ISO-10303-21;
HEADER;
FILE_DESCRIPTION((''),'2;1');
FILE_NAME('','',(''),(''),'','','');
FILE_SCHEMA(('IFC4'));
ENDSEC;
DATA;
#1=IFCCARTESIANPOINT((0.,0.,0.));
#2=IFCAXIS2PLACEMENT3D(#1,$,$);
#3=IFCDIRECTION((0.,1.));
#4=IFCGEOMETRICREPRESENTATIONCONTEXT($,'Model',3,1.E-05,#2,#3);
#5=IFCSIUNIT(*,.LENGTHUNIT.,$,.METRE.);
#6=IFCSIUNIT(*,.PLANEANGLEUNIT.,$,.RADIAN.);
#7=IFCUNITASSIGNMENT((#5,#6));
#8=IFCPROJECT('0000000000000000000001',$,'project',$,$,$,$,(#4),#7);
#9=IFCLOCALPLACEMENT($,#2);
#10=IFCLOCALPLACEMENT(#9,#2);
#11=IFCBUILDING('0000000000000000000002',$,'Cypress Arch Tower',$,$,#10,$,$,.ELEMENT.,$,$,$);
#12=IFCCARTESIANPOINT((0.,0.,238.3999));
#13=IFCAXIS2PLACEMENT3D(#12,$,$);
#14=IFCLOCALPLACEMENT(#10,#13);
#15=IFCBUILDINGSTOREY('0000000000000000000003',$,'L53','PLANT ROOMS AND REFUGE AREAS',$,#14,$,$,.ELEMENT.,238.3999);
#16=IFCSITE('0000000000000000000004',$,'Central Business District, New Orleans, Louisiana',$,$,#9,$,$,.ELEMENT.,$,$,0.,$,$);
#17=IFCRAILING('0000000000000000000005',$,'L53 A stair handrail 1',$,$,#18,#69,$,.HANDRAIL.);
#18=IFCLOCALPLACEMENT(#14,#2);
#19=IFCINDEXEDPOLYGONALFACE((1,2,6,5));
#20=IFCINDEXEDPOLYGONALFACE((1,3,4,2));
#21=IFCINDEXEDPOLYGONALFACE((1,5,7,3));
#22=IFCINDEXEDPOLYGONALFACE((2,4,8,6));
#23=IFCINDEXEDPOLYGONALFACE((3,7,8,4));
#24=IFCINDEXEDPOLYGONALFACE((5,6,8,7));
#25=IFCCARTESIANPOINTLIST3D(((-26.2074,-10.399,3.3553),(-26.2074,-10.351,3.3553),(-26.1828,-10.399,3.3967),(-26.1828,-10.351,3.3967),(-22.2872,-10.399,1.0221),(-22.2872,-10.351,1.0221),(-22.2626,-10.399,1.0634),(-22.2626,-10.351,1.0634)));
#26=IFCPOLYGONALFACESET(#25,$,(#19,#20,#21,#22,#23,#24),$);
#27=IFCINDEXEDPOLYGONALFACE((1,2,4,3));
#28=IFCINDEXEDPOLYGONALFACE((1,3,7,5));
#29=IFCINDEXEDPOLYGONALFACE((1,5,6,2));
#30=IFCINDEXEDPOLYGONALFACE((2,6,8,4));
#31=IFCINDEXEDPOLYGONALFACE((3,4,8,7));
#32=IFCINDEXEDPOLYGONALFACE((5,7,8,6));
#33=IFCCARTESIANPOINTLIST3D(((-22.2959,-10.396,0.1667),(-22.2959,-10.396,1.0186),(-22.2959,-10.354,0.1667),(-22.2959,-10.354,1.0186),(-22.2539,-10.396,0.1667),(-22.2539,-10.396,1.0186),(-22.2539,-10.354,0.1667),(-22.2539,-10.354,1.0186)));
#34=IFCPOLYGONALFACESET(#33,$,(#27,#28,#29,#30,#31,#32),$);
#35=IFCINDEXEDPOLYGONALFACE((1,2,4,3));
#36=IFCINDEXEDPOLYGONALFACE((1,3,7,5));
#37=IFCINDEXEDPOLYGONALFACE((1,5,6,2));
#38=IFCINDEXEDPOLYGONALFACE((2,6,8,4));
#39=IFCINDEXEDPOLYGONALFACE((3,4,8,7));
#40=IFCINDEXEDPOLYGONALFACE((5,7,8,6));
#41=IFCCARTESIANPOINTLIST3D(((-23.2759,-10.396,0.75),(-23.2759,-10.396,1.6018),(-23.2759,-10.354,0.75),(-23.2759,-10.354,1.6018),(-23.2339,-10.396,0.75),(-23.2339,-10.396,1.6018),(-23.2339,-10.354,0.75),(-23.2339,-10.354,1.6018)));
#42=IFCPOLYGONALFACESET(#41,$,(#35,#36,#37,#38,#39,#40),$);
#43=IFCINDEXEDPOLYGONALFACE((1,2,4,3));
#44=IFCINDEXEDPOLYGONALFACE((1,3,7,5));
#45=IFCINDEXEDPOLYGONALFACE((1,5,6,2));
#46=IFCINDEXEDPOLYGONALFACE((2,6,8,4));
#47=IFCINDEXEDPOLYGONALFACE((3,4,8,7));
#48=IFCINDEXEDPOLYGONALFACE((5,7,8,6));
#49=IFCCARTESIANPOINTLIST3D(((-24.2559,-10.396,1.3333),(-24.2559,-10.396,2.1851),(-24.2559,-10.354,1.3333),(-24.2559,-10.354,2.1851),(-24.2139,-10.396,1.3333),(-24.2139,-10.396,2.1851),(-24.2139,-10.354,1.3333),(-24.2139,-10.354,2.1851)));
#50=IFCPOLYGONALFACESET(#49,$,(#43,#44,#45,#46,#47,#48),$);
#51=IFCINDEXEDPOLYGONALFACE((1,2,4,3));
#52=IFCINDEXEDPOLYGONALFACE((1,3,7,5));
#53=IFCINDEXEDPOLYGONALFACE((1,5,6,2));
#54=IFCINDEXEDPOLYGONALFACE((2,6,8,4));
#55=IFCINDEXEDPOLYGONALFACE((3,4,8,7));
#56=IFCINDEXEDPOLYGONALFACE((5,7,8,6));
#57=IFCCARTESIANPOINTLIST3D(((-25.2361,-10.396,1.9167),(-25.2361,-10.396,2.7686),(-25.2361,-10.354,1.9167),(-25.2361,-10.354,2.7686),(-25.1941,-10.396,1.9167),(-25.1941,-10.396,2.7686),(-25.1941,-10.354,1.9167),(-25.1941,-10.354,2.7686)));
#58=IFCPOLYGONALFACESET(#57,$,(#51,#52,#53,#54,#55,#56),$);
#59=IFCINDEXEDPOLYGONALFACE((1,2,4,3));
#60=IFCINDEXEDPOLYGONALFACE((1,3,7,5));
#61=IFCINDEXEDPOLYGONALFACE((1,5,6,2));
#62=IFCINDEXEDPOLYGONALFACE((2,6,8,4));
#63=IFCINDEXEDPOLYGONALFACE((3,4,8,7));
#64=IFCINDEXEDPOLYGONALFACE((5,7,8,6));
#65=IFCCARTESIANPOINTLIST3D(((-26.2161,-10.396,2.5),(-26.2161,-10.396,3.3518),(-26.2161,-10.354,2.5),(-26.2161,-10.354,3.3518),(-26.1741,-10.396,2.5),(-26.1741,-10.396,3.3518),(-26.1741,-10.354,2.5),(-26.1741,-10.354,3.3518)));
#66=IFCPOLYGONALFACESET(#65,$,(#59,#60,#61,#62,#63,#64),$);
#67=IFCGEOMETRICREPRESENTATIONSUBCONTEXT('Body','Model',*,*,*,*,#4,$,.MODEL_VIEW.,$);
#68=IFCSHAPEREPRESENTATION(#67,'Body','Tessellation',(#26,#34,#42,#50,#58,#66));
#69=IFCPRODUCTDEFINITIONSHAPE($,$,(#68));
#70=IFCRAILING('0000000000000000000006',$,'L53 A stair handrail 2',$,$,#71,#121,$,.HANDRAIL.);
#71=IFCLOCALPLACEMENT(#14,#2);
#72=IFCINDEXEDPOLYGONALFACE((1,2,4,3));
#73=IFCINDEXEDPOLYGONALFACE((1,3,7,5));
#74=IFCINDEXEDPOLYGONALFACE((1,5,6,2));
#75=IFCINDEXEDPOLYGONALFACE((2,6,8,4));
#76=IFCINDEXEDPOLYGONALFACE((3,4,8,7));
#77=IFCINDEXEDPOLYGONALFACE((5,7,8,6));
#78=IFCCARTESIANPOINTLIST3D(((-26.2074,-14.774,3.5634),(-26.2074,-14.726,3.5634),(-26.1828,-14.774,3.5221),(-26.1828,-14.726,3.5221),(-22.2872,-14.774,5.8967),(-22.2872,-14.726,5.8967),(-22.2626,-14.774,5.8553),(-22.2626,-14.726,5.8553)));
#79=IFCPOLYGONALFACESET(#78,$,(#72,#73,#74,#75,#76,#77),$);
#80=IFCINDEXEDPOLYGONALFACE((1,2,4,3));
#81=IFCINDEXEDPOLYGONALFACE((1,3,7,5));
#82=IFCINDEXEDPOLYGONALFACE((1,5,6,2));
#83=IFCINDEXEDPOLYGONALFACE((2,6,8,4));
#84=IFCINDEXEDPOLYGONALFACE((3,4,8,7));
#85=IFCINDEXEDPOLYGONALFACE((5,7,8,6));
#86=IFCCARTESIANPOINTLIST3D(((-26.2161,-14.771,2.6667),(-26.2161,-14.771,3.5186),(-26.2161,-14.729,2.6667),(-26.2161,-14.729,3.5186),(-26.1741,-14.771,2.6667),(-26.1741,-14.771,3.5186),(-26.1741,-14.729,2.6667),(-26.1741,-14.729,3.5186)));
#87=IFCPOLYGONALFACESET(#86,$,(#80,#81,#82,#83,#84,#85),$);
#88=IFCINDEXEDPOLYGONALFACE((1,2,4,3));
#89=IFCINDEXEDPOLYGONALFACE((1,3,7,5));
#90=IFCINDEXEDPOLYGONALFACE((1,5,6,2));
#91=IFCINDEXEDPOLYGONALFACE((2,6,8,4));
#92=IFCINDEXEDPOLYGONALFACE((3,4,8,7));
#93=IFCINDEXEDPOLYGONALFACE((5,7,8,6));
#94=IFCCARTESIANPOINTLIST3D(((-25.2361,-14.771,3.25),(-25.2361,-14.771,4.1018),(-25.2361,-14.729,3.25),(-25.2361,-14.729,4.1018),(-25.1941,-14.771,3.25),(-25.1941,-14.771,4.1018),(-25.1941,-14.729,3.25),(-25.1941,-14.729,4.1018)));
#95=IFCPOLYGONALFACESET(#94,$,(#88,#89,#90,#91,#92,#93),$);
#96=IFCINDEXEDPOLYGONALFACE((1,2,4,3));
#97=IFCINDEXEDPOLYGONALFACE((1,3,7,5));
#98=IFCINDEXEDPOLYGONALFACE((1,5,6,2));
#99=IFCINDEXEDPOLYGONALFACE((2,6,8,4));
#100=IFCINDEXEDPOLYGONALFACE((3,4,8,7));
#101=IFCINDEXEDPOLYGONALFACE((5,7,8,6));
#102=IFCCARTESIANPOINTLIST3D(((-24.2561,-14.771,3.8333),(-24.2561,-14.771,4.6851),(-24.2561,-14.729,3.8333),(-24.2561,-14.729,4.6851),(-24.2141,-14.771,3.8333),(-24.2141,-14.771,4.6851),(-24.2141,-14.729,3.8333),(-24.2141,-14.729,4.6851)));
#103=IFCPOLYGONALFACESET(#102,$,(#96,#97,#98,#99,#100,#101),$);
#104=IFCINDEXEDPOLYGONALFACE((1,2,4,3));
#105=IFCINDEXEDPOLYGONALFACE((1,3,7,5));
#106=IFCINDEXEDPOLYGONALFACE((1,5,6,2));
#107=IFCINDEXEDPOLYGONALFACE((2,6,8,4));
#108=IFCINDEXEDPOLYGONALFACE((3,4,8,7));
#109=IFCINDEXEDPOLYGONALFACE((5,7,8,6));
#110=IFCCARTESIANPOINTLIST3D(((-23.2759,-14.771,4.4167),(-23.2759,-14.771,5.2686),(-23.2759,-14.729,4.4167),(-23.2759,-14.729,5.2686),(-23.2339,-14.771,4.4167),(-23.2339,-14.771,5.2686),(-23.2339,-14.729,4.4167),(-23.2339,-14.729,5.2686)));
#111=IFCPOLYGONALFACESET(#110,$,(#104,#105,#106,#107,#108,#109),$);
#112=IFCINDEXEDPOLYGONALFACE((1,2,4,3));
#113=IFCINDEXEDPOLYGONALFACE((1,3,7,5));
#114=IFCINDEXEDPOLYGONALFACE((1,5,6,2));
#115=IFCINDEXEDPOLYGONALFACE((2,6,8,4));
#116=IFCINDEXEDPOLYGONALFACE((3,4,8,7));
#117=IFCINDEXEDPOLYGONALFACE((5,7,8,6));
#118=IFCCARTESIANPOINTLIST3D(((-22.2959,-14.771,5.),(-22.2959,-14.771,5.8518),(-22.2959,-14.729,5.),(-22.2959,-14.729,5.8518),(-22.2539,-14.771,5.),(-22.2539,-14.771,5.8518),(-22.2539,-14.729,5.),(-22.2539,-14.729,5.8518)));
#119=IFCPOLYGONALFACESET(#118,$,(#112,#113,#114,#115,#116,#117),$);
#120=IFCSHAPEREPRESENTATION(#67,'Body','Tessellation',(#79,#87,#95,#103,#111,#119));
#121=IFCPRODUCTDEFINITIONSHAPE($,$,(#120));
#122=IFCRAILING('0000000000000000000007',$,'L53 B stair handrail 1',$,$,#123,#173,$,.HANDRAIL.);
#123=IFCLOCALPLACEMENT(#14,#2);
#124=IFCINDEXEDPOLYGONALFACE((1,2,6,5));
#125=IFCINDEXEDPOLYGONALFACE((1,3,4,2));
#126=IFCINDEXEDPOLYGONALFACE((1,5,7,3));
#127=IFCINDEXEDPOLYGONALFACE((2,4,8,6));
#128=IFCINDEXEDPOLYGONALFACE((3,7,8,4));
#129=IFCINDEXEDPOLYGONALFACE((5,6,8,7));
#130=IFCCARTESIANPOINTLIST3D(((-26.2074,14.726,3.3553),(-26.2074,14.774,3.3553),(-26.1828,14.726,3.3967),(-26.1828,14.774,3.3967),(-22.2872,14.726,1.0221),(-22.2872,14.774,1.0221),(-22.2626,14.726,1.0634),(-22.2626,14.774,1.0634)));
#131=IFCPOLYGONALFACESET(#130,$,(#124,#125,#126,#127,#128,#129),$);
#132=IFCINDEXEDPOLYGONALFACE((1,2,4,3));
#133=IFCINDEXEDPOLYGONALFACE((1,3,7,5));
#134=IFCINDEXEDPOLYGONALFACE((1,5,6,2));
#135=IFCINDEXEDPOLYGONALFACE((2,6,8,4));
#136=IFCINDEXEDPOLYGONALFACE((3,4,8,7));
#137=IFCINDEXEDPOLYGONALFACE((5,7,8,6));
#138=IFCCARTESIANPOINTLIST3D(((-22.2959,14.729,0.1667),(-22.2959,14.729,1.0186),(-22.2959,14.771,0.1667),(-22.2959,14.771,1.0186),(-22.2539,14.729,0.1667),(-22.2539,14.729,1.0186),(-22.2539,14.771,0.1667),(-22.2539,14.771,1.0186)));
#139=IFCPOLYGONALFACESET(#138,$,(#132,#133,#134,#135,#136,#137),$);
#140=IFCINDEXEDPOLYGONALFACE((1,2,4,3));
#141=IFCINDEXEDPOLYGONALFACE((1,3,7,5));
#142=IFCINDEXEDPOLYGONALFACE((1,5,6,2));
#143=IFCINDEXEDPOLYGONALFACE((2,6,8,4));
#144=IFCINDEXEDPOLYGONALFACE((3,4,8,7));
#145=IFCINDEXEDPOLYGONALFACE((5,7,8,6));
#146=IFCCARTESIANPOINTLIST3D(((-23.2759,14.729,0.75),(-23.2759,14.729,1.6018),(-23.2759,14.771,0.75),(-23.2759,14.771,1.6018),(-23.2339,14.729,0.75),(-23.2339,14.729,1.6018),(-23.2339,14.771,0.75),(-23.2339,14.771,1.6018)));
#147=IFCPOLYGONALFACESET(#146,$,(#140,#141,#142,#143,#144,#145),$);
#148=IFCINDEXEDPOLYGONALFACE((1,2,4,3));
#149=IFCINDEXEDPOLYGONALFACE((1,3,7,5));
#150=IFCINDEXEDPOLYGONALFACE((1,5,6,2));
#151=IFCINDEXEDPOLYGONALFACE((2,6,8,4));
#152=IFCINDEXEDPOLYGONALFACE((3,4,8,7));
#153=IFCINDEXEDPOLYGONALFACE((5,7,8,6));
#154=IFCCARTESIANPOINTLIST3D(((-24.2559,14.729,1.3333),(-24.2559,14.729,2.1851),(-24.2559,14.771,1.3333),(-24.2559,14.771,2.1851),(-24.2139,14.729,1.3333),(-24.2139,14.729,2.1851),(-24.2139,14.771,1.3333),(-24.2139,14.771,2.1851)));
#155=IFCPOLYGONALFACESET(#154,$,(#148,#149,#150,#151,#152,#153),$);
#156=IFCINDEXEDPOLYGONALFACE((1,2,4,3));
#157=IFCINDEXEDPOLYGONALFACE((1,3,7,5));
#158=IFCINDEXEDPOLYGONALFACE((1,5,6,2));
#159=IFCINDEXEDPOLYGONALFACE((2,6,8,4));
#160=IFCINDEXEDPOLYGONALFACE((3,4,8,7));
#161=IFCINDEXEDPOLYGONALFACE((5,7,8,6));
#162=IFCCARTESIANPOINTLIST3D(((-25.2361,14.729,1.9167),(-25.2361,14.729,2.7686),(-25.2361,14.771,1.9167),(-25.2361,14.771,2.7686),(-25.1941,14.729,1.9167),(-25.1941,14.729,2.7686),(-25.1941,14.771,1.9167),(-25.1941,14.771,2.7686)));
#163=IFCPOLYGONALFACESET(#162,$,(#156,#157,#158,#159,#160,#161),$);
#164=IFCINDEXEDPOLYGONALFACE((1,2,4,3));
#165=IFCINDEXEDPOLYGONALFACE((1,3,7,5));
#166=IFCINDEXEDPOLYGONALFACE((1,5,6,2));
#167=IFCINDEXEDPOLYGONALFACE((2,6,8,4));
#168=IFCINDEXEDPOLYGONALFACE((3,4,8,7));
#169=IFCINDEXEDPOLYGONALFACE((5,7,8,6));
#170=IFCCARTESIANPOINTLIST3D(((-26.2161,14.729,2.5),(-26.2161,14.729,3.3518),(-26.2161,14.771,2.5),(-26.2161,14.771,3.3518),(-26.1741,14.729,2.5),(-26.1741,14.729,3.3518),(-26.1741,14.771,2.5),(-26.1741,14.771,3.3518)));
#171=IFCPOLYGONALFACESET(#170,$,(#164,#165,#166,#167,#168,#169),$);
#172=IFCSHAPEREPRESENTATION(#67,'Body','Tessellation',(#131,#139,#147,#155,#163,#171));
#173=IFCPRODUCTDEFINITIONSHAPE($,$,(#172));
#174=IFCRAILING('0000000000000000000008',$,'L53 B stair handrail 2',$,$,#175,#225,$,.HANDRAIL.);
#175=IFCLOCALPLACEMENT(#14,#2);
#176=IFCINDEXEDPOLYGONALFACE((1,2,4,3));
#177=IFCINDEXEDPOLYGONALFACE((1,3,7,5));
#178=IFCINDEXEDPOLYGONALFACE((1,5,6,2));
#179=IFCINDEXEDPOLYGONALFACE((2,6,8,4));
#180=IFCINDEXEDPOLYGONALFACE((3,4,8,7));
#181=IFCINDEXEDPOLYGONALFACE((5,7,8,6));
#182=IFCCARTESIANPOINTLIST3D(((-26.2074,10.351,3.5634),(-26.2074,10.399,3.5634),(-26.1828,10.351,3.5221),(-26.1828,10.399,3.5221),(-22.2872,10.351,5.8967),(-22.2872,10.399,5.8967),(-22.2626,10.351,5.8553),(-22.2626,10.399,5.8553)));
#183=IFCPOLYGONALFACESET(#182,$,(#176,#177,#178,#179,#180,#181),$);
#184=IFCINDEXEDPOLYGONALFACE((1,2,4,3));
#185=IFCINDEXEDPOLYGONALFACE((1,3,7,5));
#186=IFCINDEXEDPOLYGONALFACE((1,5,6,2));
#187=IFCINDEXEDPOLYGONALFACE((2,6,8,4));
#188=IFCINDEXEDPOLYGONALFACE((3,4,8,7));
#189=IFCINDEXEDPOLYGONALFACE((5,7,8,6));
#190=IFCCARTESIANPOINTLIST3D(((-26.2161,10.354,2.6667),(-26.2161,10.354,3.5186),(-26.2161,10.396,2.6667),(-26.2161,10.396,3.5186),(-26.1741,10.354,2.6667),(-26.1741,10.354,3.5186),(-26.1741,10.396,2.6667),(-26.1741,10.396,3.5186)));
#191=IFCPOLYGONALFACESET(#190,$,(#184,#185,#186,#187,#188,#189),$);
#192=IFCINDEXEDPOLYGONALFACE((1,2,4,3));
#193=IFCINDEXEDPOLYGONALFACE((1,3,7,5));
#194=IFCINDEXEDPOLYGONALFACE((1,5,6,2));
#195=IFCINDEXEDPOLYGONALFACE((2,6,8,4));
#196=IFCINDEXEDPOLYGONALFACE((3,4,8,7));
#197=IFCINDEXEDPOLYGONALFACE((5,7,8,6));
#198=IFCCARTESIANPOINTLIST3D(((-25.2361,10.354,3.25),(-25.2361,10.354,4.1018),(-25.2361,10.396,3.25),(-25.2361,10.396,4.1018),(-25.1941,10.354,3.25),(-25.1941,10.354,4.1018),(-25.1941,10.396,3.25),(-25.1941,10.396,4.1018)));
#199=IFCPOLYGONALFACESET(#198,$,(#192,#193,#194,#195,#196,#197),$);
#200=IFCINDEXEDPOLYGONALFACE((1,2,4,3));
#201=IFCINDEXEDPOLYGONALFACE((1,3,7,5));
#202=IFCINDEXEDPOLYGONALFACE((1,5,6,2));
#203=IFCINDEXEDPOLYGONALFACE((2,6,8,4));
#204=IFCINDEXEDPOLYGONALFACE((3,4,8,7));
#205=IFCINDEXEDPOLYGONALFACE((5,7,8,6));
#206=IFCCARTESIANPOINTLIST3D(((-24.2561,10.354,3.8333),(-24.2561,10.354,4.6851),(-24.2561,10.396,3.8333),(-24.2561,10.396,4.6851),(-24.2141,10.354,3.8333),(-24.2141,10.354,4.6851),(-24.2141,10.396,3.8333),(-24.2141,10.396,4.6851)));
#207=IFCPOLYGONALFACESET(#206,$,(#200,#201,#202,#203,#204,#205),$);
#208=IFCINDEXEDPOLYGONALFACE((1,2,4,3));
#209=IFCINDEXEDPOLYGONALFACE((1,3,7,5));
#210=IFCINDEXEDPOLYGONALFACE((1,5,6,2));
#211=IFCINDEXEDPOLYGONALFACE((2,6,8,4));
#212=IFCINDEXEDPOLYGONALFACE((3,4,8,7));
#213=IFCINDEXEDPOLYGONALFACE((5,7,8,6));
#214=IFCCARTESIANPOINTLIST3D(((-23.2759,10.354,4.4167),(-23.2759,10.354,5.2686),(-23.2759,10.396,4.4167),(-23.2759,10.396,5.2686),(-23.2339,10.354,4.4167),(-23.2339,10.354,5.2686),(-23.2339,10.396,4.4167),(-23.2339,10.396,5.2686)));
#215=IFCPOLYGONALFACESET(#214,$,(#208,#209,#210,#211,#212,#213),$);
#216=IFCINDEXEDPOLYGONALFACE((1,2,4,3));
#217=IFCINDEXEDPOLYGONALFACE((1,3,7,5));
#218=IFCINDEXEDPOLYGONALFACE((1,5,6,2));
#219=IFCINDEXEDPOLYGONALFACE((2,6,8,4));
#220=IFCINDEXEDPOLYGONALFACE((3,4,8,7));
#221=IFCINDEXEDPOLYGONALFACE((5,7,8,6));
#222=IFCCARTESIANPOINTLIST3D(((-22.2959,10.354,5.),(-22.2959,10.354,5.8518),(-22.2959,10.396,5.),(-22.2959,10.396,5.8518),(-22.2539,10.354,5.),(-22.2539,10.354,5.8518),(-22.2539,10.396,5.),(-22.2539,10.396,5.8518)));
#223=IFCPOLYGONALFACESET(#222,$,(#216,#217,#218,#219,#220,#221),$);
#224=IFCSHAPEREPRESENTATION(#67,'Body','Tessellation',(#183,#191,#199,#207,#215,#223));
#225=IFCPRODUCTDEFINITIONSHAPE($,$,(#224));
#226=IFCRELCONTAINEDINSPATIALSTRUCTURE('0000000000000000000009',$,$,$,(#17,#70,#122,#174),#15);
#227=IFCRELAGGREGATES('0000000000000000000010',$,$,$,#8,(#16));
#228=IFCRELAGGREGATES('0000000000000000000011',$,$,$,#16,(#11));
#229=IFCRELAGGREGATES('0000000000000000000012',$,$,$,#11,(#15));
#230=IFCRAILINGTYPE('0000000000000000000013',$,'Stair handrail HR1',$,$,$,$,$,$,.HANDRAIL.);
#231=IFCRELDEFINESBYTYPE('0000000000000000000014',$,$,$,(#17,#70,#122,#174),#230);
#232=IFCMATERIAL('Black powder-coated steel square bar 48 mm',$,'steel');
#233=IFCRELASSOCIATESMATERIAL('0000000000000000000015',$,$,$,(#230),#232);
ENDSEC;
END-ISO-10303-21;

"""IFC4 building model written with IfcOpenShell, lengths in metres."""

from ifc_helpers import new_model, si_unit, direction, frame, origin, origin_2d, place, context, subcontext, project, spatial, rectangle, extrude, material, type_object, element, save


model = new_model("IFC4")

# Units and contexts
model_context = context("Model", 3, precision=1e-05, world=origin(), true_north=direction((0.0, 1.0)))
body_context = subcontext(model_context, "Body", "Model", "MODEL_VIEW")
ifc_project = project(units=[si_unit("LENGTHUNIT", "METRE"), si_unit("PLANEANGLEUNIT", "RADIAN")], contexts=[model_context])

# Site, building, storey
site_placement = place(None, origin())
site = spatial("IfcSite", under=ifc_project, at=site_placement, Name="Central Business District, New Orleans, Louisiana", CompositionType="ELEMENT", RefElevation=0.0)
building_placement = place(site_placement, origin())
building = spatial("IfcBuilding", under=site, at=building_placement, Name="Cypress Arch Tower", CompositionType="ELEMENT")
storey_placement = place(building_placement, frame((0.0, 0.0, 238.3999)))
storey = spatial("IfcBuildingStorey", under=building, at=storey_placement, Name="L53", Description="PLANT ROOMS AND REFUGE AREAS", CompositionType="ELEMENT", Elevation=238.3999)

# Railings
ifc_material_1 = material(Name="Black powder-coated steel square bar 48 mm", Category="steel")
railing_type_1 = type_object("IfcRailingType", Name="Stair handrail HR1", PredefinedType="HANDRAIL", material=ifc_material_1)
railing_1_placement = place(storey_placement, frame((-22.2749, -10.375, 0.1667)))
element("IfcRailing", 1, at=railing_1_placement, inside=storey, type_object=railing_type_1, Name="L53 A stair handrail 1", PredefinedType="HANDRAIL", context=body_context, shape_type="SweptSolid", body=[
    extrude(rectangle(XDim=0.0481, YDim=0.0481, at=origin_2d()), frame((0.0, 0.0, 0.876), z_axis=(-0.85931, 0.0, 0.511455), x_axis=(0.0, -1.0, 0.0)), (0.0, 0.0, 1.0), 4.562),
    extrude(rectangle(XDim=0.042, YDim=0.042, at=origin_2d()), origin(), (0.0, 0.0, 1.0), 0.8518),
    extrude(rectangle(XDim=0.042, YDim=0.042, at=origin_2d()), frame((-0.98, 0.0, 0.5833)), (0.0, 0.0, 1.0), 0.8518),
    extrude(rectangle(XDim=0.042, YDim=0.042, at=origin_2d()), frame((-1.96, 0.0, 1.1665)), (0.0, 0.0, 1.0), 0.8518),
    extrude(rectangle(XDim=0.042, YDim=0.042, at=origin_2d()), frame((-2.9402, 0.0, 1.75)), (0.0, 0.0, 1.0), 0.8518),
    extrude(rectangle(XDim=0.042, YDim=0.042, at=origin_2d()), frame((-3.9202, 0.0, 2.3333)), (0.0, 0.0, 1.0), 0.8518),
])
railing_2_placement = place(storey_placement, frame((-26.1951, -14.75, 2.6667)))
element("IfcRailing", 2, at=railing_2_placement, inside=storey, type_object=railing_type_1, Name="L53 A stair handrail 2", PredefinedType="HANDRAIL", context=body_context, shape_type="SweptSolid", body=[
    extrude(rectangle(XDim=0.0481, YDim=0.0481, at=origin_2d()), frame((0.0, 0.0, 0.876), z_axis=(0.85931, 0.0, 0.511455), x_axis=(0.0, 1.0, 0.0)), (0.0, 0.0, 1.0), 4.562),
    extrude(rectangle(XDim=0.042, YDim=0.042, at=origin_2d()), origin(), (0.0, 0.0, 1.0), 0.8518),
    extrude(rectangle(XDim=0.042, YDim=0.042, at=origin_2d()), frame((0.98, 0.0, 0.5833)), (0.0, 0.0, 1.0), 0.8518),
    extrude(rectangle(XDim=0.042, YDim=0.042, at=origin_2d()), frame((1.96, 0.0, 1.1665)), (0.0, 0.0, 1.0), 0.8518),
    extrude(rectangle(XDim=0.042, YDim=0.042, at=origin_2d()), frame((2.9402, 0.0, 1.75)), (0.0, 0.0, 1.0), 0.8518),
    extrude(rectangle(XDim=0.042, YDim=0.042, at=origin_2d()), frame((3.9202, 0.0, 2.3333)), (0.0, 0.0, 1.0), 0.8518),
])
railing_3_placement = place(storey_placement, frame((-22.2749, 14.75, 0.1667)))
element("IfcRailing", 3, at=railing_3_placement, inside=storey, type_object=railing_type_1, Name="L53 B stair handrail 1", PredefinedType="HANDRAIL", context=body_context, shape_type="SweptSolid", body=[
    extrude(rectangle(XDim=0.0481, YDim=0.0481, at=origin_2d()), frame((0.0, 0.0, 0.876), z_axis=(-0.85931, 0.0, 0.511455), x_axis=(0.0, -1.0, 0.0)), (0.0, 0.0, 1.0), 4.562),
    extrude(rectangle(XDim=0.042, YDim=0.042, at=origin_2d()), origin(), (0.0, 0.0, 1.0), 0.8518),
    extrude(rectangle(XDim=0.042, YDim=0.042, at=origin_2d()), frame((-0.98, 0.0, 0.5833)), (0.0, 0.0, 1.0), 0.8518),
    extrude(rectangle(XDim=0.042, YDim=0.042, at=origin_2d()), frame((-1.96, 0.0, 1.1665)), (0.0, 0.0, 1.0), 0.8518),
    extrude(rectangle(XDim=0.042, YDim=0.042, at=origin_2d()), frame((-2.9402, 0.0, 1.75)), (0.0, 0.0, 1.0), 0.8518),
    extrude(rectangle(XDim=0.042, YDim=0.042, at=origin_2d()), frame((-3.9202, 0.0, 2.3333)), (0.0, 0.0, 1.0), 0.8518),
])
railing_4_placement = place(storey_placement, frame((-26.1951, 10.375, 2.6667)))
element("IfcRailing", 4, at=railing_4_placement, inside=storey, type_object=railing_type_1, Name="L53 B stair handrail 2", PredefinedType="HANDRAIL", context=body_context, shape_type="SweptSolid", body=[
    extrude(rectangle(XDim=0.0481, YDim=0.0481, at=origin_2d()), frame((0.0, 0.0, 0.876), z_axis=(0.85931, 0.0, 0.511455), x_axis=(0.0, 1.0, 0.0)), (0.0, 0.0, 1.0), 4.562),
    extrude(rectangle(XDim=0.042, YDim=0.042, at=origin_2d()), origin(), (0.0, 0.0, 1.0), 0.8518),
    extrude(rectangle(XDim=0.042, YDim=0.042, at=origin_2d()), frame((0.98, 0.0, 0.5833)), (0.0, 0.0, 1.0), 0.8518),
    extrude(rectangle(XDim=0.042, YDim=0.042, at=origin_2d()), frame((1.96, 0.0, 1.1665)), (0.0, 0.0, 1.0), 0.8518),
    extrude(rectangle(XDim=0.042, YDim=0.042, at=origin_2d()), frame((2.9402, 0.0, 1.75)), (0.0, 0.0, 1.0), 0.8518),
    extrude(rectangle(XDim=0.042, YDim=0.042, at=origin_2d()), frame((3.9202, 0.0, 2.3333)), (0.0, 0.0, 1.0), 0.8518),
])

save(model, "model.ifc")
